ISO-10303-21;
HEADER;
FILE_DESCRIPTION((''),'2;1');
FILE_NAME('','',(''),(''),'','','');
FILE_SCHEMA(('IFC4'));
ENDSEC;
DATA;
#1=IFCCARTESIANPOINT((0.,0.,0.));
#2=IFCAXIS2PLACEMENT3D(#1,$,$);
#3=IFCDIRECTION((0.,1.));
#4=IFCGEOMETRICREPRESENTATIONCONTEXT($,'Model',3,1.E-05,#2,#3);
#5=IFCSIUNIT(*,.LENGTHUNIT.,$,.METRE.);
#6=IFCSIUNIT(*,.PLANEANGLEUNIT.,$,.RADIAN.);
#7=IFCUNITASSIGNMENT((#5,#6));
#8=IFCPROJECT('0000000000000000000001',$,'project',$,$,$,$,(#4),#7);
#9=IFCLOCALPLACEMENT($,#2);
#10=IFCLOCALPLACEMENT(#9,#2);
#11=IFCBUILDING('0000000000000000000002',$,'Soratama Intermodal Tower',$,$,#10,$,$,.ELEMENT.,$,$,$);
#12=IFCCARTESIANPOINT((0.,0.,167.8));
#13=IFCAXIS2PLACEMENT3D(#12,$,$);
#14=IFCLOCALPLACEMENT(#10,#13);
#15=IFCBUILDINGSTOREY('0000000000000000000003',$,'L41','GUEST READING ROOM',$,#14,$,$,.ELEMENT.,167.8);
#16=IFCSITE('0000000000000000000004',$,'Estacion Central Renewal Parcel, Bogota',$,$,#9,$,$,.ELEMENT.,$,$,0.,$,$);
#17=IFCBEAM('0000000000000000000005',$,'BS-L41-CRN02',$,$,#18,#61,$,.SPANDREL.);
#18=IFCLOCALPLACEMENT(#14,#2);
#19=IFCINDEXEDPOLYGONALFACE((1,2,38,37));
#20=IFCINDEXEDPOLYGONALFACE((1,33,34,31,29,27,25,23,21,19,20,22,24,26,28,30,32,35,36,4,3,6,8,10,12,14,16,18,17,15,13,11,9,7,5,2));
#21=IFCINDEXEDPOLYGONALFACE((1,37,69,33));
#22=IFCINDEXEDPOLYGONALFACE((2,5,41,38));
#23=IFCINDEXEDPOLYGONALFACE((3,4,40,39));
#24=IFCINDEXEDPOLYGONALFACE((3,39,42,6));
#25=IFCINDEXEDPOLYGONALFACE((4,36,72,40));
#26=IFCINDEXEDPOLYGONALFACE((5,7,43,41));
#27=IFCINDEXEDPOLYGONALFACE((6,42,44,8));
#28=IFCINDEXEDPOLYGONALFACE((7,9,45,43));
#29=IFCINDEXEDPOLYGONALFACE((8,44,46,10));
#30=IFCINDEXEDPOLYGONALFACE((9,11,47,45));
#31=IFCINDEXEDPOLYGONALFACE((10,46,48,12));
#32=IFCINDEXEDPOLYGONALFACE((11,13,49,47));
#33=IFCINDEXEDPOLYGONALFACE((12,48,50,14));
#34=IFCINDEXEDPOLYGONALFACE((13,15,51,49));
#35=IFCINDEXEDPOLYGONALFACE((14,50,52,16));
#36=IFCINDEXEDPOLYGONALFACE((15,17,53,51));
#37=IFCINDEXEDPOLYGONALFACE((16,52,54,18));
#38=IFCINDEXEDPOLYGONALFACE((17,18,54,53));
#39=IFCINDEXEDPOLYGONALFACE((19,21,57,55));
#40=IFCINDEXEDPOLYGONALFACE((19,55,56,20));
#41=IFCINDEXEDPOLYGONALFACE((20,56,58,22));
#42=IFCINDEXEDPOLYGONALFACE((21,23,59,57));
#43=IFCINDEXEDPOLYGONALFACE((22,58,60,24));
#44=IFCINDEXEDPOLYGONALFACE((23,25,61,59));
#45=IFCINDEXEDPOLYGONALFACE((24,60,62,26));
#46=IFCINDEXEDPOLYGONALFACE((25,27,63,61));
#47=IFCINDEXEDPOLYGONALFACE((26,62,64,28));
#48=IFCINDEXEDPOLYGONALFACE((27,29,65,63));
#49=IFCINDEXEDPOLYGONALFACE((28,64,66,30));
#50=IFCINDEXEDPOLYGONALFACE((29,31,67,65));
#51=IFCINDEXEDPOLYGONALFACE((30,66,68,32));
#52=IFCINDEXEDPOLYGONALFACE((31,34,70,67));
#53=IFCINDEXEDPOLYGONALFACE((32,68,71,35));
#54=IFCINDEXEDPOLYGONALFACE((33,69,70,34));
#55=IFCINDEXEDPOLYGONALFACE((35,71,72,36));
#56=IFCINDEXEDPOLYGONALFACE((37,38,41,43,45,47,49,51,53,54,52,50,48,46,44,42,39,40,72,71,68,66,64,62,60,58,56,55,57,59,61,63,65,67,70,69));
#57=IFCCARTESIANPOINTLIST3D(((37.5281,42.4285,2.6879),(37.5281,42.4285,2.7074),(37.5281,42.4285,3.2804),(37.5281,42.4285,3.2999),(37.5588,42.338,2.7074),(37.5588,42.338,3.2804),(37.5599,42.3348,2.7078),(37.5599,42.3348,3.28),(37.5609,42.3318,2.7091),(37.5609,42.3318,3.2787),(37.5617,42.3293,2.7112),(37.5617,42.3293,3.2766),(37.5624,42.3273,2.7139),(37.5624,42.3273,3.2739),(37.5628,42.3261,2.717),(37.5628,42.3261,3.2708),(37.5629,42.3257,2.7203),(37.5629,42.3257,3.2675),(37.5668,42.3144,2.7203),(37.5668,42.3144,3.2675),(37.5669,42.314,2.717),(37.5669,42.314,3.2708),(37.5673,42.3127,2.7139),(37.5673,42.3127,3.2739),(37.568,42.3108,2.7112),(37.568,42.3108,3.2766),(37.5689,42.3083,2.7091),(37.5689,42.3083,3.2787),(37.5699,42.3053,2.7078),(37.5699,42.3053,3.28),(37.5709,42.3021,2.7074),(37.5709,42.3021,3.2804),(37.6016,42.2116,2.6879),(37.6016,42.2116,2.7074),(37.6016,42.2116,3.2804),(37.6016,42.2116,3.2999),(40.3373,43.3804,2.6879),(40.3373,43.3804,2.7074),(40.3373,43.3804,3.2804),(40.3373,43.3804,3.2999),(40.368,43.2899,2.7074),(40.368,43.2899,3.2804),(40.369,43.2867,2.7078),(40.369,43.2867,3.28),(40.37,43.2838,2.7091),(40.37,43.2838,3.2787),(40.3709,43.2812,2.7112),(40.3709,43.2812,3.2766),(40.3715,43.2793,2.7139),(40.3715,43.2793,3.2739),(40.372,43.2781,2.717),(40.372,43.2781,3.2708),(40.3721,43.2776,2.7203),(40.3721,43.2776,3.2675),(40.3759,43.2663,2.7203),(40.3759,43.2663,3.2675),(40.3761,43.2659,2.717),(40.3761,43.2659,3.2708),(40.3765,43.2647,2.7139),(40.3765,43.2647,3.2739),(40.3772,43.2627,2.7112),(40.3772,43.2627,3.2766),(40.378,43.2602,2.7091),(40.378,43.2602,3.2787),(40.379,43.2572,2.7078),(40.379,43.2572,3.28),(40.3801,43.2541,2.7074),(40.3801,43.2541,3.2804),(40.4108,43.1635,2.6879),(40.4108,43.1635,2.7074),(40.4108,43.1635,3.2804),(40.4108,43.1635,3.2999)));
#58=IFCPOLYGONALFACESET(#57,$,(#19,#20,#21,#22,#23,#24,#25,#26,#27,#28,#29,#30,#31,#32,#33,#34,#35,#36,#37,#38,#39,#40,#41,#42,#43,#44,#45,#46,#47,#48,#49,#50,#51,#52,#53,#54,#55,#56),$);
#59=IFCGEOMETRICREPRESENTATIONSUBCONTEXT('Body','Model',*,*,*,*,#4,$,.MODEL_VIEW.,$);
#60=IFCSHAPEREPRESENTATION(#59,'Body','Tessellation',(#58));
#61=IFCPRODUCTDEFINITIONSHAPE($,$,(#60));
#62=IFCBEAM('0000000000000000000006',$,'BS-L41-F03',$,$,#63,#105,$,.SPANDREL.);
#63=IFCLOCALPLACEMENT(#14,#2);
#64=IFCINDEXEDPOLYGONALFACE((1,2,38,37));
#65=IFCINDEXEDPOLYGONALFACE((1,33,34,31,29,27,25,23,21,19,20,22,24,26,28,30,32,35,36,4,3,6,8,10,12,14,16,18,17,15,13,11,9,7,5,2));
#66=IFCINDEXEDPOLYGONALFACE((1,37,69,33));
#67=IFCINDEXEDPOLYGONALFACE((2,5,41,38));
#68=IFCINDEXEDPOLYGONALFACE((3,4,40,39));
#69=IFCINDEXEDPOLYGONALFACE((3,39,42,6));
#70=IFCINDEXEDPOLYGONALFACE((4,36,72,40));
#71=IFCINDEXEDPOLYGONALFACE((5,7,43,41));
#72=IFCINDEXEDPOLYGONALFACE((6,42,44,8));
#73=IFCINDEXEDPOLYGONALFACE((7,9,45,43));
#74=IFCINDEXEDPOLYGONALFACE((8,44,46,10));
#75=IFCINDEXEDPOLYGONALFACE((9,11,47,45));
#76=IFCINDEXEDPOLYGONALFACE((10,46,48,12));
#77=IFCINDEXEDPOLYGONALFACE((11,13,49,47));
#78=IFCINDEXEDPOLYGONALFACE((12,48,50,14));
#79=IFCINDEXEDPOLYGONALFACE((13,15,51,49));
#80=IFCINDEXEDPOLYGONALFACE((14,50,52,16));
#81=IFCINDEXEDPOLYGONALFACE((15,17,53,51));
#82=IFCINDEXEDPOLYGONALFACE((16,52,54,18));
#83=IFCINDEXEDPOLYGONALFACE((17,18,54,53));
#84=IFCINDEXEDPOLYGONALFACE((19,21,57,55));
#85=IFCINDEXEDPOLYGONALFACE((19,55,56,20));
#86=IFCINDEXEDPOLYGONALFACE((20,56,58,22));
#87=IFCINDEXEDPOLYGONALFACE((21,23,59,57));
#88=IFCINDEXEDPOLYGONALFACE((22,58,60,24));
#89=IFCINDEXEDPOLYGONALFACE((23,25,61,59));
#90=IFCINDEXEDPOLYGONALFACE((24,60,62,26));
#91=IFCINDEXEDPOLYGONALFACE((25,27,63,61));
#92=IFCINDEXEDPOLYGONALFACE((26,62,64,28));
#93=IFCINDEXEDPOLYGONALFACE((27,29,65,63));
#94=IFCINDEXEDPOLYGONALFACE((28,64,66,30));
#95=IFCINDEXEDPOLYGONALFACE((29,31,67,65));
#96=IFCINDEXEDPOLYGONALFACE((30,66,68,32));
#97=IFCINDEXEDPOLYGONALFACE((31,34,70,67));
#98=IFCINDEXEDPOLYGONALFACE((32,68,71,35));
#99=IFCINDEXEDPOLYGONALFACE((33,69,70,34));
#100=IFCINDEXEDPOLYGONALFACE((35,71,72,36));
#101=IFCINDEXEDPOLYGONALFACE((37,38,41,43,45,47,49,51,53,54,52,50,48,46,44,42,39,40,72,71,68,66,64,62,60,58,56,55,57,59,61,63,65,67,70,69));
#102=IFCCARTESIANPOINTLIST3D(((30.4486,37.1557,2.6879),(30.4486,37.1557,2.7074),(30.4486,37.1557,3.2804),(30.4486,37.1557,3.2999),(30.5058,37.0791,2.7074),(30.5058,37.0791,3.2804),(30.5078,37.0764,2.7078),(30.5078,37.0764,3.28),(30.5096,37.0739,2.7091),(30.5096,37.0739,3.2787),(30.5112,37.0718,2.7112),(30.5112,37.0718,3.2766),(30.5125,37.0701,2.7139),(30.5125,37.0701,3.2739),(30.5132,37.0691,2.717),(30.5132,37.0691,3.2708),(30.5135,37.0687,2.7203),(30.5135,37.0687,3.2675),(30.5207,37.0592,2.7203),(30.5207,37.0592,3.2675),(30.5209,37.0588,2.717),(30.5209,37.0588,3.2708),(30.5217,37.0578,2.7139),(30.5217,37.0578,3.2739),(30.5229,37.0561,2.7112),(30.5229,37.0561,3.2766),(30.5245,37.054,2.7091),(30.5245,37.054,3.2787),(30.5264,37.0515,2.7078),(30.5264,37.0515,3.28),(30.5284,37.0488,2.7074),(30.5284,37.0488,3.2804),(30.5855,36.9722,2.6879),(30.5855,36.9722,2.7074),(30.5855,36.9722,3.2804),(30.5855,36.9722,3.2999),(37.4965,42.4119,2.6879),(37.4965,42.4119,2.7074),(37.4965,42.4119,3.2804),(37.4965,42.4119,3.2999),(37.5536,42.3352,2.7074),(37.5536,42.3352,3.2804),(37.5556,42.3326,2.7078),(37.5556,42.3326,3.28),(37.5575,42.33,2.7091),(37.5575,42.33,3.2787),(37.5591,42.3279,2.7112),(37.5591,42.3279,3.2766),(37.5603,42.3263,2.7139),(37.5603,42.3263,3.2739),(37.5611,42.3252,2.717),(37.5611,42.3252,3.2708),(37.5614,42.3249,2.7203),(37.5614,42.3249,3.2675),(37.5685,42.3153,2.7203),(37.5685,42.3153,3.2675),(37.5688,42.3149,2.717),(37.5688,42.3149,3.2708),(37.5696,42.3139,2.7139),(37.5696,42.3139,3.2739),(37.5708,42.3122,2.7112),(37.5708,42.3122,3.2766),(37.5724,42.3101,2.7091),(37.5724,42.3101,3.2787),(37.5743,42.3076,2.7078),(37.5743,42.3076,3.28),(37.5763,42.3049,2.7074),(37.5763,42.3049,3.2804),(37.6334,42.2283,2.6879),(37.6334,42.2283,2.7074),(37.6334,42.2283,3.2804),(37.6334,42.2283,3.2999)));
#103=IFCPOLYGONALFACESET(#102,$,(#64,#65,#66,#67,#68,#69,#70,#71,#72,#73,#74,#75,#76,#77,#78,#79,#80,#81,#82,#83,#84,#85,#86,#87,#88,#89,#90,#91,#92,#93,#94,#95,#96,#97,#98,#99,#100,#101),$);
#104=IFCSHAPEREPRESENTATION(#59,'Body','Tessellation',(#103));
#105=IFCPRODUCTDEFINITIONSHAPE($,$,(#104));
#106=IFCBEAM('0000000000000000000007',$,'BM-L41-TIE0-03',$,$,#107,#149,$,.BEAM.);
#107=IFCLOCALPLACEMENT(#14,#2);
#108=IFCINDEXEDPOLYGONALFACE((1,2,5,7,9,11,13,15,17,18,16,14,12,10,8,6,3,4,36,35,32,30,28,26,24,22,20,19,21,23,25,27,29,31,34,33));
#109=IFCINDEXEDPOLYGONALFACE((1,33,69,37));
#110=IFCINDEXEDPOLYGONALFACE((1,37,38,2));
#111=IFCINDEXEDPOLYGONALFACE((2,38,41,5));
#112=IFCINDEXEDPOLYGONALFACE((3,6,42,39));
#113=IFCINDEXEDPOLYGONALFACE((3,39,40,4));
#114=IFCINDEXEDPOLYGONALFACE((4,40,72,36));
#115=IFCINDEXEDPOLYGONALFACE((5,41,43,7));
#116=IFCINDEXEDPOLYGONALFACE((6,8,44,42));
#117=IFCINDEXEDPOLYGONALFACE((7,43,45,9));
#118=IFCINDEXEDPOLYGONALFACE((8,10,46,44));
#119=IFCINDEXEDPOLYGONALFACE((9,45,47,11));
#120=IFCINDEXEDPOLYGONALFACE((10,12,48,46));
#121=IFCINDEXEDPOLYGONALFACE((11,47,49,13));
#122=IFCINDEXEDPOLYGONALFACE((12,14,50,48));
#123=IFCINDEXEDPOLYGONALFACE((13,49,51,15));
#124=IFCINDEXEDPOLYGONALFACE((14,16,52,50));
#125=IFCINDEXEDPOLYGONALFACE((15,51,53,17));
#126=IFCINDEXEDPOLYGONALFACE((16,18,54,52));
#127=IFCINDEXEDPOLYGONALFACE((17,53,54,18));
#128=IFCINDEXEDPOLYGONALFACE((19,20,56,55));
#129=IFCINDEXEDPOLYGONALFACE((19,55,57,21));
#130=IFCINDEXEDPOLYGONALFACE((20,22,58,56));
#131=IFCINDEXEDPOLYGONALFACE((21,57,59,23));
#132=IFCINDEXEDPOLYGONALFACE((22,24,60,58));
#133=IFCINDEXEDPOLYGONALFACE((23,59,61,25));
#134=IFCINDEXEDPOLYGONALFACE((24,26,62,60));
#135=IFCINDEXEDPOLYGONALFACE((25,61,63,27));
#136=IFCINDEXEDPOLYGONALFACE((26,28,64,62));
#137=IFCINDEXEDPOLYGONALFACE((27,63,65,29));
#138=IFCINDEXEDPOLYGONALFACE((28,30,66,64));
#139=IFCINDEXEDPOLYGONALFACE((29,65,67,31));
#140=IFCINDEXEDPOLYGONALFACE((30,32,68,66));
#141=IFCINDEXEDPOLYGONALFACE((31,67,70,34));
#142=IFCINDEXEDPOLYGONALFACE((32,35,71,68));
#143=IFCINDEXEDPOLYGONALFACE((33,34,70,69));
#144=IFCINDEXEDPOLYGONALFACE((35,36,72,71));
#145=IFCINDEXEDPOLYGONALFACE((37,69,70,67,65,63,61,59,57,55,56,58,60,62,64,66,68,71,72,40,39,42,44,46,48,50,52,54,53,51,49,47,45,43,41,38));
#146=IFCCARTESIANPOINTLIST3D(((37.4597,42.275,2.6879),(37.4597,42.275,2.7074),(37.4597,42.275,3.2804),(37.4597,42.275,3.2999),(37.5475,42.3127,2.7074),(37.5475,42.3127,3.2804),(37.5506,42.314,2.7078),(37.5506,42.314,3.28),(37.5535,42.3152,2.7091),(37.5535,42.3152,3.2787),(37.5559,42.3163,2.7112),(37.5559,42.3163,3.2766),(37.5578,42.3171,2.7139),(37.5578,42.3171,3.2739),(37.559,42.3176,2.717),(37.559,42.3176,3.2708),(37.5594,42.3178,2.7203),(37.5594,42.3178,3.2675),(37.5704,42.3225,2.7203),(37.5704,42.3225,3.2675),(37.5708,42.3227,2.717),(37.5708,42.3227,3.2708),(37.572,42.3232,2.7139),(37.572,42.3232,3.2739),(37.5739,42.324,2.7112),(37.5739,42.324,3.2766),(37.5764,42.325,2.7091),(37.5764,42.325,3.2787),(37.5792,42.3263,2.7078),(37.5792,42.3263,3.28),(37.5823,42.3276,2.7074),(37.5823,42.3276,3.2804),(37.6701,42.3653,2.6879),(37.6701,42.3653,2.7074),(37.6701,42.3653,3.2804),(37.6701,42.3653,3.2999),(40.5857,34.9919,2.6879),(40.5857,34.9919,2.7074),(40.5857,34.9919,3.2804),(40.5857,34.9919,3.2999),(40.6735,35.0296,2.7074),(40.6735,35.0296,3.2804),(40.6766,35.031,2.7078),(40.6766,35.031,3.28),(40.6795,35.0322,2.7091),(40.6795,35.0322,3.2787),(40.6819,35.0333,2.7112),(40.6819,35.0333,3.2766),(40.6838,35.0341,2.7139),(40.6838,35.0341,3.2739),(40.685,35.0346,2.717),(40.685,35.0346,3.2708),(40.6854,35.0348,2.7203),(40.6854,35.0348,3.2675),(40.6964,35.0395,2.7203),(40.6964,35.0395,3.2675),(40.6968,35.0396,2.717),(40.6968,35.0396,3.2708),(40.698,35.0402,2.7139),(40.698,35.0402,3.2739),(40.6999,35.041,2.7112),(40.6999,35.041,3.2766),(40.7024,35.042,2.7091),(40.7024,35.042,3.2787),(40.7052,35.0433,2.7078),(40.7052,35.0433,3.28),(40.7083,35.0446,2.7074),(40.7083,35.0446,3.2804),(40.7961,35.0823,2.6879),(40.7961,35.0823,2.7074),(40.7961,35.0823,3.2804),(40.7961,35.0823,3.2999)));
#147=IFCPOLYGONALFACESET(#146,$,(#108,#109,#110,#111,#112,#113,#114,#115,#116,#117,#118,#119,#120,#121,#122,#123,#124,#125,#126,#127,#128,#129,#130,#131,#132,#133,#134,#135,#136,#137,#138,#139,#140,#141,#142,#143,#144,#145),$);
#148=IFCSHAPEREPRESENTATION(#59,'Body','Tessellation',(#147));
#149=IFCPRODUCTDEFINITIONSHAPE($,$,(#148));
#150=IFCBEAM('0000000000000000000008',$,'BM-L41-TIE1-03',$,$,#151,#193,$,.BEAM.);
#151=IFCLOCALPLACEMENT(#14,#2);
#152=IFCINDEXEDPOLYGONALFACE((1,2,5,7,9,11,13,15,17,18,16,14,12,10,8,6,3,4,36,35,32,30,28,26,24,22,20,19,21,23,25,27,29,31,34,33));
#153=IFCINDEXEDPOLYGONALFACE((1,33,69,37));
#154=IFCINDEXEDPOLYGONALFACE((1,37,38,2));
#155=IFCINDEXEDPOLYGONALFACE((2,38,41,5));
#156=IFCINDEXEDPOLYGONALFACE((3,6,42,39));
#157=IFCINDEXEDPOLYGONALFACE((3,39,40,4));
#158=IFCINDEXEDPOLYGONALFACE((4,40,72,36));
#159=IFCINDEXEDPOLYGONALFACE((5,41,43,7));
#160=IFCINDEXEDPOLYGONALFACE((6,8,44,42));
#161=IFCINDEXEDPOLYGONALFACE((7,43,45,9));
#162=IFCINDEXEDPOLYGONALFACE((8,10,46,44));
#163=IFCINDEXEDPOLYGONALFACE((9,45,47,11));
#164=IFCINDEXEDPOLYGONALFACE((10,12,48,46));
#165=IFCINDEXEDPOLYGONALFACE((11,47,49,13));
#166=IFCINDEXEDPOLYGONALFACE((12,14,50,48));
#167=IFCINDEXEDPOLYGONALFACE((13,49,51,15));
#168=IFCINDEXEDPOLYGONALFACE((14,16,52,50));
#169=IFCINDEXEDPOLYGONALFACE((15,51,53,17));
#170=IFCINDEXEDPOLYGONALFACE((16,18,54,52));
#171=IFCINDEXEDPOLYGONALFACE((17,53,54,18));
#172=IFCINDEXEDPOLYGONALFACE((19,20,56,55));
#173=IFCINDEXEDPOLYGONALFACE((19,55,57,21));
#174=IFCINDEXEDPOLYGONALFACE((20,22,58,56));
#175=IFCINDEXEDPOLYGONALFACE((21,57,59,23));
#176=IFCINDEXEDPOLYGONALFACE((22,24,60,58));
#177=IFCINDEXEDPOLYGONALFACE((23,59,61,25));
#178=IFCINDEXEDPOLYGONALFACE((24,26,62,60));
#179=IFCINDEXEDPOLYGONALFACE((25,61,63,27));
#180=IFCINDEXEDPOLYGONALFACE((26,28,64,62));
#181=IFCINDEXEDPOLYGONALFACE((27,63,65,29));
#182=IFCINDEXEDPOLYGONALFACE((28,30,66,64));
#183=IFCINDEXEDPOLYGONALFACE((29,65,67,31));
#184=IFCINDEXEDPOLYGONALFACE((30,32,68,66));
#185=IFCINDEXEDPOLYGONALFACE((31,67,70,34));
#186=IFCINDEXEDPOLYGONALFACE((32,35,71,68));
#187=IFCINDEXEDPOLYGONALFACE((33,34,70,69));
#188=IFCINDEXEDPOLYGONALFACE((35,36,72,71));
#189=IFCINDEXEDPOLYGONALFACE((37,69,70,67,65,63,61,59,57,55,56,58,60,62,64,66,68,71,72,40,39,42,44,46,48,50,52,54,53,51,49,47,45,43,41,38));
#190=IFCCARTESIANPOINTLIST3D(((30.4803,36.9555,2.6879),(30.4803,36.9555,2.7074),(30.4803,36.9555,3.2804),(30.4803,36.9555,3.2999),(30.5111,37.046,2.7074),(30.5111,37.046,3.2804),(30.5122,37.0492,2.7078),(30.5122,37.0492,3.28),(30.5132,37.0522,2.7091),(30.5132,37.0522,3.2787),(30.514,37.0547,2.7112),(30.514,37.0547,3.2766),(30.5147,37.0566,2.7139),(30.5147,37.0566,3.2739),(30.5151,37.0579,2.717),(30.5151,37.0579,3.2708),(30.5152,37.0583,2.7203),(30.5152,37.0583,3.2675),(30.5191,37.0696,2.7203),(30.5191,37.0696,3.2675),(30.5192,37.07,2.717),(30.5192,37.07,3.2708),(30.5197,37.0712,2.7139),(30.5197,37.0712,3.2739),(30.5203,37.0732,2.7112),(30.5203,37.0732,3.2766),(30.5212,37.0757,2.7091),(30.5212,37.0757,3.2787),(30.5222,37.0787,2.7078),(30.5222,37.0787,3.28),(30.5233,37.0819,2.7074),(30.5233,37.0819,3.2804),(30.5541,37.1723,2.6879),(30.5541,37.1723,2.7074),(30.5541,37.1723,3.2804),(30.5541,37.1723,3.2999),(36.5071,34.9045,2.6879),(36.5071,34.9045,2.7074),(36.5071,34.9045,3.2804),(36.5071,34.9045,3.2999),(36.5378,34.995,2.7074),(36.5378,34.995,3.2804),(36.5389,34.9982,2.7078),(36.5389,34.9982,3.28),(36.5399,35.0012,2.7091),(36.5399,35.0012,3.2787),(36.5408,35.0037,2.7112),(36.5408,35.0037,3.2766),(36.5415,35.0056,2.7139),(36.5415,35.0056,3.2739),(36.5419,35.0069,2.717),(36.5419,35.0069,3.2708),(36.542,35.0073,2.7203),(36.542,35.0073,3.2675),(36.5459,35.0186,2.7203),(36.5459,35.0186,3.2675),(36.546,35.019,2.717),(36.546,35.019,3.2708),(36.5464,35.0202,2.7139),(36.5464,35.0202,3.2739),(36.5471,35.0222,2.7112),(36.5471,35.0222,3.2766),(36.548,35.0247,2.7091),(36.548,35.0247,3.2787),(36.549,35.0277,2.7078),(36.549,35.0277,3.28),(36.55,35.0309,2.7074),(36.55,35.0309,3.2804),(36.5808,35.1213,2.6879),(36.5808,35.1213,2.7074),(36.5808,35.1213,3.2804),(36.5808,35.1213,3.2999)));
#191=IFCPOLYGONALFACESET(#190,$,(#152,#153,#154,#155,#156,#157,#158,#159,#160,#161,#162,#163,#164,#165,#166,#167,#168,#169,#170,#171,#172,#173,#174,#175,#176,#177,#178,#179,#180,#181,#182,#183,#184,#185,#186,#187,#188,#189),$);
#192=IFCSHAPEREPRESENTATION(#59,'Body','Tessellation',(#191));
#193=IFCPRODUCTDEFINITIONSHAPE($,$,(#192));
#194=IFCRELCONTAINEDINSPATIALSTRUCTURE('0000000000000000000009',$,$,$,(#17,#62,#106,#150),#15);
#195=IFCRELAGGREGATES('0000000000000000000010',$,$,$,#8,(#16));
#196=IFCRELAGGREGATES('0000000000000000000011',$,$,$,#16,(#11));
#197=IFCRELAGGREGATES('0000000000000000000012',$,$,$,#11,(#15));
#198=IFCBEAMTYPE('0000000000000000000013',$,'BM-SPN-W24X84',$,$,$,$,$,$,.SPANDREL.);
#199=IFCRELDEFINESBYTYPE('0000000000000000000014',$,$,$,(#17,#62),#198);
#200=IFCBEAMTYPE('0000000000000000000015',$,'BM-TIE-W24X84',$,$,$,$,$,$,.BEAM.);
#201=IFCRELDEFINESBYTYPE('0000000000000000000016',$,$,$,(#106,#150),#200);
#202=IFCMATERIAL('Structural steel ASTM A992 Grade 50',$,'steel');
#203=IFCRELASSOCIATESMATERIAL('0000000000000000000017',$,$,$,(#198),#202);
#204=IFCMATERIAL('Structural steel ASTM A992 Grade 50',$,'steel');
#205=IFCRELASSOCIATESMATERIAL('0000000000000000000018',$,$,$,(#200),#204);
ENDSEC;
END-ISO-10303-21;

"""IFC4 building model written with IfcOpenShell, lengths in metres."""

from ifc_helpers import new_model, si_unit, direction, frame, origin, origin_2d, place, context, subcontext, project, spatial, i_section, extrude, material, material_profile, profile_set, type_object, element, save


model = new_model("IFC4")

# Units and contexts
model_context = context("Model", 3, precision=1e-05, world=origin(), true_north=direction((0.0, 1.0)))
body_context = subcontext(model_context, "Body", "Model", "MODEL_VIEW")
ifc_project = project(units=[si_unit("LENGTHUNIT", "METRE"), si_unit("PLANEANGLEUNIT", "RADIAN")], contexts=[model_context])

# Site, building, storey
site_placement = place(None, origin())
site = spatial("IfcSite", under=ifc_project, at=site_placement, Name="Estacion Central Renewal Parcel, Bogota", CompositionType="ELEMENT", RefElevation=0.0)
building_placement = place(site_placement, origin())
building = spatial("IfcBuilding", under=site, at=building_placement, Name="Soratama Intermodal Tower", CompositionType="ELEMENT")
storey_placement = place(building_placement, frame((0.0, 0.0, 167.8)))
storey = spatial("IfcBuildingStorey", under=building, at=storey_placement, Name="L41", Description="GUEST READING ROOM", CompositionType="ELEMENT", Elevation=167.8)

# Beams
ifc_material_1 = material(Name="Structural steel ASTM A992 Grade 50", Category="steel")
ifc_material_profile_1 = material_profile(ifc_material_1, i_section(OverallWidth=0.229, OverallDepth=0.6121, WebThickness=0.012, FlangeThickness=0.0195, FilletRadius=0.0129, at=origin_2d()), Name="W24X84")
ifc_profile_set_1 = profile_set([ifc_material_profile_1], Name="Structural steel ASTM A992 Grade 50")
beam_type_1 = type_object("IfcBeamType", Name="BM-SPN-W24X84", PredefinedType="SPANDREL", material=ifc_profile_set_1)
beam_1_placement = place(storey_placement, frame((40.374, 43.272, 2.9939), z_axis=(-0.947099, -0.32094, 0.0), x_axis=(0.32094, -0.947099, 0.0)))
element("IfcBeam", 1, at=beam_1_placement, inside=storey, type_object=beam_type_1, Name="BS-L41-CRN02", PredefinedType="SPANDREL", context=body_context, shape_type="SweptSolid", body=[
    extrude(i_section(OverallWidth=0.229, OverallDepth=0.6121, WebThickness=0.012, FlangeThickness=0.0195, FilletRadius=0.0129, at=origin_2d()), origin(), (0.0, 0.0, 1.0), 2.9661),
])
beam_2_placement = place(storey_placement, frame((37.5649, 42.3201, 2.9939), z_axis=(-0.801623, -0.59783, 0.0), x_axis=(0.59783, -0.801623, 0.0)))
element("IfcBeam", 2, at=beam_2_placement, inside=storey, type_object=beam_type_1, Name="BS-L41-F03", PredefinedType="SPANDREL", context=body_context, shape_type="SweptSolid", body=[
    extrude(i_section(OverallWidth=0.229, OverallDepth=0.6121, WebThickness=0.012, FlangeThickness=0.0195, FilletRadius=0.0129, at=origin_2d()), origin(), (0.0, 0.0, 1.0), 8.792),
])
ifc_material_2 = material(Name="Structural steel ASTM A992 Grade 50", Category="steel")
ifc_material_profile_2 = material_profile(ifc_material_2, i_section(OverallWidth=0.229, OverallDepth=0.6121, WebThickness=0.012, FlangeThickness=0.0195, FilletRadius=0.0129, at=origin_2d()), Name="W24X84")
ifc_profile_set_2 = profile_set([ifc_material_profile_2], Name="Structural steel ASTM A992 Grade 50")
beam_type_2 = type_object("IfcBeamType", Name="BM-TIE-W24X84", PredefinedType="BEAM", material=ifc_profile_set_2)
beam_3_placement = place(storey_placement, frame((40.6909, 35.0371, 2.9939), z_axis=(-0.394421, 0.91893, 0.0), x_axis=(-0.91893, -0.394421, 0.0)))
element("IfcBeam", 3, at=beam_3_placement, inside=storey, type_object=beam_type_2, Name="BM-L41-TIE0-03", PredefinedType="BEAM", context=body_context, shape_type="SweptSolid", body=[
    extrude(i_section(OverallWidth=0.229, OverallDepth=0.6121, WebThickness=0.012, FlangeThickness=0.0195, FilletRadius=0.0129, at=origin_2d()), origin(), (0.0, 0.0, 1.0), 7.9255),
])
beam_4_placement = place(storey_placement, frame((36.5439, 35.0129, 2.9939), z_axis=(-0.946682, 0.322169, 0.0), x_axis=(-0.322169, -0.946682, 0.0)))
element("IfcBeam", 4, at=beam_4_placement, inside=storey, type_object=beam_type_2, Name="BM-L41-TIE1-03", PredefinedType="BEAM", context=body_context, shape_type="SweptSolid", body=[
    extrude(i_section(OverallWidth=0.229, OverallDepth=0.6121, WebThickness=0.012, FlangeThickness=0.0195, FilletRadius=0.0129, at=origin_2d()), origin(), (0.0, 0.0, 1.0), 6.3662),
])

save(model, "model.ifc")
